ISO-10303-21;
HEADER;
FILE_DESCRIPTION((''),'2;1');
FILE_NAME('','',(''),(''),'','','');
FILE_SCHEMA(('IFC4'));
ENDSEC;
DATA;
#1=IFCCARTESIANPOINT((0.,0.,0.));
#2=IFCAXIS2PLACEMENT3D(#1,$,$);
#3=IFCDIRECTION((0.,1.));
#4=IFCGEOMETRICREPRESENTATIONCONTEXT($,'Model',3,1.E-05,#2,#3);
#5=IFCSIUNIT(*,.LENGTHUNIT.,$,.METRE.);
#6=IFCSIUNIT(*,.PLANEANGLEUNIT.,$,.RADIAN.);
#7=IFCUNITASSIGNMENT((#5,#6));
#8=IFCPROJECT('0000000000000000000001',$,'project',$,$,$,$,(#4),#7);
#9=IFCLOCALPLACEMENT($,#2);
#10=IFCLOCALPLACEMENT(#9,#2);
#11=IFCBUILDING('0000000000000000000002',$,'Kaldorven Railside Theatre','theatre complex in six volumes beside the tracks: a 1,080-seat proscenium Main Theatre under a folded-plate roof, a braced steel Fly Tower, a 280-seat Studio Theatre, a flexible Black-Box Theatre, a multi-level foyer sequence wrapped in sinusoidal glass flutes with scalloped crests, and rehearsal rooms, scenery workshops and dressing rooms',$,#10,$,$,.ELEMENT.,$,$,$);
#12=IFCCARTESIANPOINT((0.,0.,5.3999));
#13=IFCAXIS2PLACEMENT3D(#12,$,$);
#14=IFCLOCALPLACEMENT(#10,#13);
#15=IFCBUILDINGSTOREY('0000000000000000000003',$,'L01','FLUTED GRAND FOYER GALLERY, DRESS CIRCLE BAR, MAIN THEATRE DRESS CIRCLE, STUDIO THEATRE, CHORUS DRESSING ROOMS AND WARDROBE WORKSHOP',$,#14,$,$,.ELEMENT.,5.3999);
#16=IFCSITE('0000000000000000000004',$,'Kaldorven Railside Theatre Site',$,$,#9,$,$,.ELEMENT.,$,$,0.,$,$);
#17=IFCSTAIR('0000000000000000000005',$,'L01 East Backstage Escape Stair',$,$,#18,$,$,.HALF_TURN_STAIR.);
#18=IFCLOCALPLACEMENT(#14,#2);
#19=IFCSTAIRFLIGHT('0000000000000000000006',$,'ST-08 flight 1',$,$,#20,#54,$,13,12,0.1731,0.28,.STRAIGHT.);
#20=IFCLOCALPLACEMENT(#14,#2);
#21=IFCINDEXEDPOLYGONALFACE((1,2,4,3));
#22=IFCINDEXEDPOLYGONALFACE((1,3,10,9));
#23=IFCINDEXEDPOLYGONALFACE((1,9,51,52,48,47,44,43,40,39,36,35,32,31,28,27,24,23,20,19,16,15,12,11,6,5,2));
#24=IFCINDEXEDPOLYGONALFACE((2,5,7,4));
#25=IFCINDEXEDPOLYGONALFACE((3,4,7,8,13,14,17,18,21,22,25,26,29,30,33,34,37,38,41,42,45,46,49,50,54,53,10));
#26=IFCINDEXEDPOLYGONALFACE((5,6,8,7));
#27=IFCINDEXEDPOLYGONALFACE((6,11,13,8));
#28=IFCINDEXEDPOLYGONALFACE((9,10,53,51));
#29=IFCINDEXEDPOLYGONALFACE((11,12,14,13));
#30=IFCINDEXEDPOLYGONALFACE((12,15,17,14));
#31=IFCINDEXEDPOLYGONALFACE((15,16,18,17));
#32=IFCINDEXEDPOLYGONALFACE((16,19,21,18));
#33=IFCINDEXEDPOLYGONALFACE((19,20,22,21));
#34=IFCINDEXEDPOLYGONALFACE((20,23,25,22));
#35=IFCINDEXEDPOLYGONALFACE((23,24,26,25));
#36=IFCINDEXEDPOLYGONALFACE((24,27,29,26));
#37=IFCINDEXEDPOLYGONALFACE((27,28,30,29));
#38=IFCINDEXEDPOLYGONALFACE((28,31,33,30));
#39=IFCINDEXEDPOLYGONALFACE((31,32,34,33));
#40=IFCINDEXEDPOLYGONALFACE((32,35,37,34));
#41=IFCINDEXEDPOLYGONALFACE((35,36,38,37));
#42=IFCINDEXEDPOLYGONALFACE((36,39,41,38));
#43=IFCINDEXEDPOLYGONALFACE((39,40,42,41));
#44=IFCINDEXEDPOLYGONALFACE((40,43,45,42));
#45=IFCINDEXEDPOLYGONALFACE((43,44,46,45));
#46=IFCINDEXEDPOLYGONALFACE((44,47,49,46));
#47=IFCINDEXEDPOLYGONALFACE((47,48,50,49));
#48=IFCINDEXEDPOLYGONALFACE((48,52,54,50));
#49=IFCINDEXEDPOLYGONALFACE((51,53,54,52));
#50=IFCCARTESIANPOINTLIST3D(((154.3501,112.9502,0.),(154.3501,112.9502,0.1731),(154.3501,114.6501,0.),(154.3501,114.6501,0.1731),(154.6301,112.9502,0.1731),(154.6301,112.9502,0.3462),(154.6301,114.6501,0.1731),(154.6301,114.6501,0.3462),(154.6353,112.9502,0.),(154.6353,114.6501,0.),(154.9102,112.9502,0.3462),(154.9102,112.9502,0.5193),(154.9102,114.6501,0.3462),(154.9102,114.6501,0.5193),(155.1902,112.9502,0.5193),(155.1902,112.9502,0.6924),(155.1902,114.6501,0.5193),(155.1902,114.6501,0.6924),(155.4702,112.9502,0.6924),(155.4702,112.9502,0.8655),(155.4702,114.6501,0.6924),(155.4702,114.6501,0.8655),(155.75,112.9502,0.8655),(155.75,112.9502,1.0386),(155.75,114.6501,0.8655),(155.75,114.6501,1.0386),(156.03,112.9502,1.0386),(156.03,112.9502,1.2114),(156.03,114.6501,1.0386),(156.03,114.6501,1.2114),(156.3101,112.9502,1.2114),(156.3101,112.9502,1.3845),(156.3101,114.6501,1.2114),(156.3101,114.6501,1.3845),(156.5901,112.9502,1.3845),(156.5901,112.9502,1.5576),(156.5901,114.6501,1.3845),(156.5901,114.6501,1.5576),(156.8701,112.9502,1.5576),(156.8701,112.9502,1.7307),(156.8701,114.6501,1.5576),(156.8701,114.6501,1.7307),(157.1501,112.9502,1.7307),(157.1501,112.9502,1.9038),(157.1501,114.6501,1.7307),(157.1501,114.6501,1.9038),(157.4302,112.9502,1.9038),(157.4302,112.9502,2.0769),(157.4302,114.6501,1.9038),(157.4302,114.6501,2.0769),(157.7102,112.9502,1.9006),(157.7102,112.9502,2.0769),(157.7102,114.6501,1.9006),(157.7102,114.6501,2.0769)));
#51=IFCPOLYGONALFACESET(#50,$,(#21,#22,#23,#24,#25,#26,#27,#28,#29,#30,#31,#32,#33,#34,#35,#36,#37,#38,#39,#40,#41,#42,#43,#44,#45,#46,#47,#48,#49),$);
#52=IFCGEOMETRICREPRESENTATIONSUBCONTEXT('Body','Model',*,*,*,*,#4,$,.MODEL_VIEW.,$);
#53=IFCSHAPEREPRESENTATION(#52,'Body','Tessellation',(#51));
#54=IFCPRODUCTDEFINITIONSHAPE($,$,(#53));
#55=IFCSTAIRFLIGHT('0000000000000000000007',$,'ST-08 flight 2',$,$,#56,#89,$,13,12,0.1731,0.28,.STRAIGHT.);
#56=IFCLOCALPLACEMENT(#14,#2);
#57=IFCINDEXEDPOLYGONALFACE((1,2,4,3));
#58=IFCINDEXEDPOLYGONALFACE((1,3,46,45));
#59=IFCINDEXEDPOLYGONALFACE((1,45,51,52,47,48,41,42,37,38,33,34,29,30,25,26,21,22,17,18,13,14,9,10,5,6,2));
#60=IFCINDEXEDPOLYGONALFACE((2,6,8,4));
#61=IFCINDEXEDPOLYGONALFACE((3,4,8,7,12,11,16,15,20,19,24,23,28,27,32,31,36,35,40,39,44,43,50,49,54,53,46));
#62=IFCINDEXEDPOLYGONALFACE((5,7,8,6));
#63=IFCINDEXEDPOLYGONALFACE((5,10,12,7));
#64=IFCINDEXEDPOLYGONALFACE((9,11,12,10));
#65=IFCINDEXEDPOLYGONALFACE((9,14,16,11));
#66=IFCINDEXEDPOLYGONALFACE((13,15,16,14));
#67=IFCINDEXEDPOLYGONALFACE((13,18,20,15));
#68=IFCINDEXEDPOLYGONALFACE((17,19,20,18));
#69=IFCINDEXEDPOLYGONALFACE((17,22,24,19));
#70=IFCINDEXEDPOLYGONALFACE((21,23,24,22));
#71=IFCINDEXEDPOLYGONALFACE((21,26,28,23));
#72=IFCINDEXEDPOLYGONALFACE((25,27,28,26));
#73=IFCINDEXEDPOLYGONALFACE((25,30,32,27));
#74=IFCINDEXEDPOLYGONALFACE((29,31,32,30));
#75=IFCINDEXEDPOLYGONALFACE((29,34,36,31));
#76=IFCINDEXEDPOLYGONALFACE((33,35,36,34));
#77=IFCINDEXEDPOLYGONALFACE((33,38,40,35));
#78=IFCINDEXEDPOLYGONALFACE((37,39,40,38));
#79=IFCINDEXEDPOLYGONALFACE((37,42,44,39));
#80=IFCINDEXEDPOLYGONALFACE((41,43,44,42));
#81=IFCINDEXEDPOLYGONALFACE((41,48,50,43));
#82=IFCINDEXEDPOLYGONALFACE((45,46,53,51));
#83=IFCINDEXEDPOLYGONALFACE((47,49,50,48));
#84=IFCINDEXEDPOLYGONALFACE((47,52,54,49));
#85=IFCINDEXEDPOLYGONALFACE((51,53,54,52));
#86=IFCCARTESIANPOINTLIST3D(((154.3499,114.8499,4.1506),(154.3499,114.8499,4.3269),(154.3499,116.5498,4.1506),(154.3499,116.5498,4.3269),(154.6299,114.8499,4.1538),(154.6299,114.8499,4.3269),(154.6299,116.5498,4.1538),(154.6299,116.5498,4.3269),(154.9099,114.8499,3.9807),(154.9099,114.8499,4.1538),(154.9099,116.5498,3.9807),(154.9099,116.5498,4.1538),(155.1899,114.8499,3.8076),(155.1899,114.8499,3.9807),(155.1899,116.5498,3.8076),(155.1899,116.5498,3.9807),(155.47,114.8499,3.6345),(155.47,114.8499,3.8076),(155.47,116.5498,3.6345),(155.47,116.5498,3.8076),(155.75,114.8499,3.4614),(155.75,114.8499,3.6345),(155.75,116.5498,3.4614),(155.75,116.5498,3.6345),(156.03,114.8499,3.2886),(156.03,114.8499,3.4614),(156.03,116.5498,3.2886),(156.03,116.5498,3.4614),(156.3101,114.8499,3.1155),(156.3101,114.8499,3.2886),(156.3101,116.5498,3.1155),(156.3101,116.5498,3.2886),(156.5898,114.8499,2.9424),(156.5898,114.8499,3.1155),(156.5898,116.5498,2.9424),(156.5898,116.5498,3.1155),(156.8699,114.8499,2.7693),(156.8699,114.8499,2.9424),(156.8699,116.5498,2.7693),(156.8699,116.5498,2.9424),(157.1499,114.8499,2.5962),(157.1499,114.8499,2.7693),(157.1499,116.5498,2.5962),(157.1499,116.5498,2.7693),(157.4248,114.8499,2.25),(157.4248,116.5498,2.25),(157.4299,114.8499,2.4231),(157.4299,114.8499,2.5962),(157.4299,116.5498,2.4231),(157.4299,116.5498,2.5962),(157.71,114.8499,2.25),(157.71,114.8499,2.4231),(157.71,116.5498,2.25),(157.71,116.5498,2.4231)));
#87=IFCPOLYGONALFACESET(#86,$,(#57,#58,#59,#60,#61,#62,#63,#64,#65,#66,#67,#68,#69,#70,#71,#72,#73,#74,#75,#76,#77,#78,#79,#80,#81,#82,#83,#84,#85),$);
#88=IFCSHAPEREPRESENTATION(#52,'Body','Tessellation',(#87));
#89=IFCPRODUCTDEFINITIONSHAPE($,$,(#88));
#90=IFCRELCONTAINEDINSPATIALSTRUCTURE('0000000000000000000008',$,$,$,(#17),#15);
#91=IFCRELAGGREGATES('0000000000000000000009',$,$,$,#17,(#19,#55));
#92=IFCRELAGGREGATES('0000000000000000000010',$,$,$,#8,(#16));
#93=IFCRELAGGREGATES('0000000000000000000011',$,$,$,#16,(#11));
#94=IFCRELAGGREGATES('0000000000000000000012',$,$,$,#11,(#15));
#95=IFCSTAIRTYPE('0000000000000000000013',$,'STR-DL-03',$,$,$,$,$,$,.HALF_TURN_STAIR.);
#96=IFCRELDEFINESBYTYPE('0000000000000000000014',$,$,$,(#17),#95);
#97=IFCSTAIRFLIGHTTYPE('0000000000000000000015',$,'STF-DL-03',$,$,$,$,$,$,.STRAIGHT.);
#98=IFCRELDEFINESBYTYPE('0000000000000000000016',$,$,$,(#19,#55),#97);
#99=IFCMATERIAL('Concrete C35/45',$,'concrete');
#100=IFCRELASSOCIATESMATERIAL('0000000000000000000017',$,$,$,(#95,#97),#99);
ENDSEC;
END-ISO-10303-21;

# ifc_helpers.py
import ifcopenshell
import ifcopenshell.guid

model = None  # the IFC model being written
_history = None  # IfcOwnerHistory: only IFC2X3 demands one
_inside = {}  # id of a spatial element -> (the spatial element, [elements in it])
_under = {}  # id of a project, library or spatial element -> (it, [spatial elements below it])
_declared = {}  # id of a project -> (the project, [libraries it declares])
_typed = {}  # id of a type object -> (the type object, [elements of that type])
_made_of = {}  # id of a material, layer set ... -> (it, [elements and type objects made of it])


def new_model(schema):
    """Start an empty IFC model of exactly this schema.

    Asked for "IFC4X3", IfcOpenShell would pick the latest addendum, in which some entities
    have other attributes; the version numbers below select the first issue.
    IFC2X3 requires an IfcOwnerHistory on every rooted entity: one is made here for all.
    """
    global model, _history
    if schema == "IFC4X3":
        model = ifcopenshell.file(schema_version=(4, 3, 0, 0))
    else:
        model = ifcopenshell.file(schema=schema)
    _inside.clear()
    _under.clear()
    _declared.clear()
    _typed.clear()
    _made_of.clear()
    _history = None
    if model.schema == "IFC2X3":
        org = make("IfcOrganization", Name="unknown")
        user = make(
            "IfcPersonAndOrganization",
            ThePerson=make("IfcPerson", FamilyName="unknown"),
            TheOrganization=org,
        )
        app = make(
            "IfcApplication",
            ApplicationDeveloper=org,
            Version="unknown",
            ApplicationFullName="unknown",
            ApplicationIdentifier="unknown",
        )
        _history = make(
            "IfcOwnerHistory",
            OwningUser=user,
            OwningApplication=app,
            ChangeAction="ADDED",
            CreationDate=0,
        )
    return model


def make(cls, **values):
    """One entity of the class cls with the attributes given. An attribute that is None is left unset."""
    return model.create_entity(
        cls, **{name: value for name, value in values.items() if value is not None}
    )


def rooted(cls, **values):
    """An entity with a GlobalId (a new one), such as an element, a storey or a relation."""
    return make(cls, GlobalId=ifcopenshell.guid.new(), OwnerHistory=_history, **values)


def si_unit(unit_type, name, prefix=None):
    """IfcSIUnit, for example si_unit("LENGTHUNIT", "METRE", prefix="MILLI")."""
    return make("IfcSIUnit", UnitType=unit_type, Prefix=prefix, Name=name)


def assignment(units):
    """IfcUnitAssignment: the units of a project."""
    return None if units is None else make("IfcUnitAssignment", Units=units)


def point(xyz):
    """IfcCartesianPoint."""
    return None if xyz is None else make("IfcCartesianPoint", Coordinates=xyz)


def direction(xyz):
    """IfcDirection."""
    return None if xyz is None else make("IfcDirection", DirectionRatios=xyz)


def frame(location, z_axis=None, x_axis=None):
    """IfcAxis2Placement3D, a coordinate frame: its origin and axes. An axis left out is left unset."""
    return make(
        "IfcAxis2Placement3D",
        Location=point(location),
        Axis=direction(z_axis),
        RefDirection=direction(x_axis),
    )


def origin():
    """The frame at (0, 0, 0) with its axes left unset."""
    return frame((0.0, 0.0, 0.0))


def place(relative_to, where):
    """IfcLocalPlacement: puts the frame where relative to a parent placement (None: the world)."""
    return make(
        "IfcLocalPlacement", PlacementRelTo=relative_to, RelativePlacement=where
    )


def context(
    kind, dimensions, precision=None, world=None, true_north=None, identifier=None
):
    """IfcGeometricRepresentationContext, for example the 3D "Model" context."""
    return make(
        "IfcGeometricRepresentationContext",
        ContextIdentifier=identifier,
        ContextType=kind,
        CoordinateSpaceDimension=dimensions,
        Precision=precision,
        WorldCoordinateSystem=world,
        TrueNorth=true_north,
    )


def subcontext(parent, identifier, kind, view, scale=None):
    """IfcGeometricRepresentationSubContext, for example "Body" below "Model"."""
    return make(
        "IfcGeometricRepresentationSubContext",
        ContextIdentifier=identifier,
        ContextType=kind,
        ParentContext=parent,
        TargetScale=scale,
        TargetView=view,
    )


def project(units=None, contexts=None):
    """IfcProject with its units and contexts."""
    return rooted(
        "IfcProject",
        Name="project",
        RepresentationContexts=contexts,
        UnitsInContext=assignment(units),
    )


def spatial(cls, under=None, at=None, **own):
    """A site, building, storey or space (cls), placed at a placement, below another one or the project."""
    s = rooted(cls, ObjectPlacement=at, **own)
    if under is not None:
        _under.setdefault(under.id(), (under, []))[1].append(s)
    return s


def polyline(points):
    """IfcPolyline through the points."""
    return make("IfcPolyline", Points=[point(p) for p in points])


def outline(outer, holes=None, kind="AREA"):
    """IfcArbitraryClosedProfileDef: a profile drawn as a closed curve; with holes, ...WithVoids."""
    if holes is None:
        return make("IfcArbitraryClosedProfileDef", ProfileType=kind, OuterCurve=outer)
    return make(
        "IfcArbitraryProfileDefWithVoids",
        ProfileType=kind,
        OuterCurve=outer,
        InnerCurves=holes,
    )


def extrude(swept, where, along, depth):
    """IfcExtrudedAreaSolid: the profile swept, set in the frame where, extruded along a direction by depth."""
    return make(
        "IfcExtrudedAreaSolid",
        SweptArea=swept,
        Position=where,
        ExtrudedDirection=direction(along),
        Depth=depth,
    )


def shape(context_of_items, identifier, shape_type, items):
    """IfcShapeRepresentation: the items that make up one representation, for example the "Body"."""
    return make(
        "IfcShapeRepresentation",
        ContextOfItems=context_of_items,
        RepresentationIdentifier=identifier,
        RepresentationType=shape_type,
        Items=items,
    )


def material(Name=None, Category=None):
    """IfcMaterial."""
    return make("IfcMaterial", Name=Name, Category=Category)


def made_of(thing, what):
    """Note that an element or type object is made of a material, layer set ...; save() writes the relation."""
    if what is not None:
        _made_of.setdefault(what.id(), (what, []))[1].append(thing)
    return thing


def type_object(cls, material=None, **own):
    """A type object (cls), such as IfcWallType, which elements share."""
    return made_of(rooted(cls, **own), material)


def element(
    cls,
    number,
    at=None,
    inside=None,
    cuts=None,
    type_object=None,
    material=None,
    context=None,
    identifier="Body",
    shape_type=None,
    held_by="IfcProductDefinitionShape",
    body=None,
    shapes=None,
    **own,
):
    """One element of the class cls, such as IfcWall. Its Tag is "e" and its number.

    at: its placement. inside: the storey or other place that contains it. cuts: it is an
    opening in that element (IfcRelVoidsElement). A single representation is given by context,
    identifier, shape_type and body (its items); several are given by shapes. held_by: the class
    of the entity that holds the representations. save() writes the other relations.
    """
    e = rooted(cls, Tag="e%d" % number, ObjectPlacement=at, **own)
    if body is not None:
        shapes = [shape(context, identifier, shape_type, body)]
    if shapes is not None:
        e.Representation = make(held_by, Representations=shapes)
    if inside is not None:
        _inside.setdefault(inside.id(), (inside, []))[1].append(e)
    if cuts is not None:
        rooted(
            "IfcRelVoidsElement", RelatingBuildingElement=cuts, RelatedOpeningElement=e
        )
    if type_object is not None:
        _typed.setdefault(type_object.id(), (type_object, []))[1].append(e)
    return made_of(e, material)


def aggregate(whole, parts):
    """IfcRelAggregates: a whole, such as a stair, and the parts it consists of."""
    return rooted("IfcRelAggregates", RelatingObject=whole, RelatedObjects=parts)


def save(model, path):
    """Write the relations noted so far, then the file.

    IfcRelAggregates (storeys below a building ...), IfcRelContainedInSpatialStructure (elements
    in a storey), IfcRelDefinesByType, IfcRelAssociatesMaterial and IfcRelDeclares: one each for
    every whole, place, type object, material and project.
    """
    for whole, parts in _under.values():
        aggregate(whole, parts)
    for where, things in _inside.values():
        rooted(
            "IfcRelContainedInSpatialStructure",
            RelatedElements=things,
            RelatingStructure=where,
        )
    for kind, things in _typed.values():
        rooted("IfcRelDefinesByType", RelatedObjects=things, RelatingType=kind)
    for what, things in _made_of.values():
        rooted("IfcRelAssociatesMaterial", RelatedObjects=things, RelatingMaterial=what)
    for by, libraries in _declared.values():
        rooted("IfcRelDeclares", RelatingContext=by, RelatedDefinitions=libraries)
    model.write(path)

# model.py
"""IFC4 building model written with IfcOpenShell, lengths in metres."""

from ifc_helpers import new_model, si_unit, direction, frame, origin, place, context, subcontext, project, spatial, polyline, outline, extrude, material, type_object, element, aggregate, save


model = new_model("IFC4")

# Units and contexts
model_context = context("Model", 3, precision=1e-05, world=origin(), true_north=direction((0.0, 1.0)))
body_context = subcontext(model_context, "Body", "Model", "MODEL_VIEW")
ifc_project = project(units=[si_unit("LENGTHUNIT", "METRE"), si_unit("PLANEANGLEUNIT", "RADIAN")], contexts=[model_context])

# Site, building, storey
site_placement = place(None, origin())
site = spatial("IfcSite", under=ifc_project, at=site_placement, Name="Kaldorven Railside Theatre Site", CompositionType="ELEMENT", RefElevation=0.0)
building_placement = place(site_placement, origin())
building = spatial("IfcBuilding", under=site, at=building_placement, Name="Kaldorven Railside Theatre", Description="theatre complex in six volumes beside the tracks: a 1,080-seat proscenium Main Theatre under a folded-plate roof, a braced steel Fly Tower, a 280-seat Studio Theatre, a flexible Black-Box Theatre, a multi-level foyer sequence wrapped in sinusoidal glass flutes with scalloped crests, and rehearsal rooms, scenery workshops and dressing rooms", CompositionType="ELEMENT")
storey_placement = place(building_placement, frame((0.0, 0.0, 5.3999)))
storey = spatial("IfcBuildingStorey", under=building, at=storey_placement, Name="L01", Description="FLUTED GRAND FOYER GALLERY, DRESS CIRCLE BAR, MAIN THEATRE DRESS CIRCLE, STUDIO THEATRE, CHORUS DRESSING ROOMS AND WARDROBE WORKSHOP", CompositionType="ELEMENT", Elevation=5.3999)

# Stair, stair flights
ifc_material_1 = material(Name="Concrete C35/45", Category="concrete")
stair_type = type_object("IfcStairType", Name="STR-DL-03", PredefinedType="HALF_TURN_STAIR", material=ifc_material_1)
stair_placement = place(storey_placement, origin())
stair = element("IfcStair", 1, at=stair_placement, inside=storey, type_object=stair_type, Name="L01 East Backstage Escape Stair", PredefinedType="HALF_TURN_STAIR")
stair_flight_type = type_object("IfcStairFlightType", Name="STF-DL-03", PredefinedType="STRAIGHT", material=ifc_material_1)
stair_flight_1_placement = place(storey_placement, frame((154.3501, 113.8, 0.0), z_axis=(0.0, 0.0, 1.0), x_axis=(1.0, 0.0, 0.0)))
stair_flight_1 = element("IfcStairFlight", 2, at=stair_flight_1_placement, type_object=stair_flight_type, Name="ST-08 flight 1", NumberOfRisers=13, NumberOfTreads=12, PredefinedType="STRAIGHT", RiserHeight=0.1731, TreadLength=0.28, context=body_context, shape_type="SweptSolid", body=[
    extrude(outline(polyline([(0.0, 0.0), (0.0, 0.1731), (0.28, 0.1731), (0.28, 0.3462), (0.5601, 0.3462), (0.5601, 0.5193), (0.8401, 0.5193), (0.8401, 0.6924), (1.1201, 0.6924), (1.1201, 0.8655), (1.3999, 0.8655), (1.3999, 1.0386), (1.6799, 1.0386), (1.6799, 1.2114), (1.96, 1.2114), (1.96, 1.3845), (2.24, 1.3845), (2.24, 1.5576), (2.52, 1.5576), (2.52, 1.7307), (2.8, 1.7307), (2.8, 1.9038), (3.0801, 1.9038), (3.0801, 2.0769), (3.3601, 2.0769), (3.3601, 2.25), (3.3601, 1.9006), (0.2852, 0.0), (0.0, 0.0)])), frame((0.0, 0.8501, 0.0), z_axis=(0.0, -1.0, 0.0), x_axis=(1.0, 0.0, 0.0)), (0.0, 0.0, 1.0), 1.7),
])
stair_flight_2_placement = place(storey_placement, frame((157.71, 115.7, 2.25), z_axis=(0.0, 0.0, 1.0), x_axis=(-1.0, 0.0, 0.0)))
stair_flight_2 = element("IfcStairFlight", 3, at=stair_flight_2_placement, type_object=stair_flight_type, Name="ST-08 flight 2", NumberOfRisers=13, NumberOfTreads=12, PredefinedType="STRAIGHT", RiserHeight=0.1731, TreadLength=0.28, context=body_context, shape_type="SweptSolid", body=[
    extrude(outline(polyline([(0.0, 0.0), (0.0, 0.1731), (0.28, 0.1731), (0.28, 0.3462), (0.5601, 0.3462), (0.5601, 0.5193), (0.8401, 0.5193), (0.8401, 0.6924), (1.1201, 0.6924), (1.1201, 0.8655), (1.3999, 0.8655), (1.3999, 1.0386), (1.6799, 1.0386), (1.6799, 1.2114), (1.96, 1.2114), (1.96, 1.3845), (2.24, 1.3845), (2.24, 1.5576), (2.52, 1.5576), (2.52, 1.7307), (2.8, 1.7307), (2.8, 1.9038), (3.0801, 1.9038), (3.0801, 2.0769), (3.3601, 2.0769), (3.3601, 2.25), (3.3601, 1.9006), (0.2852, 0.0), (0.0, 0.0)])), frame((0.0, 0.8501, 0.0), z_axis=(0.0, -1.0, 0.0), x_axis=(1.0, 0.0, 0.0)), (0.0, 0.0, 1.0), 1.7),
])
aggregate(stair, [stair_flight_1, stair_flight_2])

save(model, "model.ifc")
